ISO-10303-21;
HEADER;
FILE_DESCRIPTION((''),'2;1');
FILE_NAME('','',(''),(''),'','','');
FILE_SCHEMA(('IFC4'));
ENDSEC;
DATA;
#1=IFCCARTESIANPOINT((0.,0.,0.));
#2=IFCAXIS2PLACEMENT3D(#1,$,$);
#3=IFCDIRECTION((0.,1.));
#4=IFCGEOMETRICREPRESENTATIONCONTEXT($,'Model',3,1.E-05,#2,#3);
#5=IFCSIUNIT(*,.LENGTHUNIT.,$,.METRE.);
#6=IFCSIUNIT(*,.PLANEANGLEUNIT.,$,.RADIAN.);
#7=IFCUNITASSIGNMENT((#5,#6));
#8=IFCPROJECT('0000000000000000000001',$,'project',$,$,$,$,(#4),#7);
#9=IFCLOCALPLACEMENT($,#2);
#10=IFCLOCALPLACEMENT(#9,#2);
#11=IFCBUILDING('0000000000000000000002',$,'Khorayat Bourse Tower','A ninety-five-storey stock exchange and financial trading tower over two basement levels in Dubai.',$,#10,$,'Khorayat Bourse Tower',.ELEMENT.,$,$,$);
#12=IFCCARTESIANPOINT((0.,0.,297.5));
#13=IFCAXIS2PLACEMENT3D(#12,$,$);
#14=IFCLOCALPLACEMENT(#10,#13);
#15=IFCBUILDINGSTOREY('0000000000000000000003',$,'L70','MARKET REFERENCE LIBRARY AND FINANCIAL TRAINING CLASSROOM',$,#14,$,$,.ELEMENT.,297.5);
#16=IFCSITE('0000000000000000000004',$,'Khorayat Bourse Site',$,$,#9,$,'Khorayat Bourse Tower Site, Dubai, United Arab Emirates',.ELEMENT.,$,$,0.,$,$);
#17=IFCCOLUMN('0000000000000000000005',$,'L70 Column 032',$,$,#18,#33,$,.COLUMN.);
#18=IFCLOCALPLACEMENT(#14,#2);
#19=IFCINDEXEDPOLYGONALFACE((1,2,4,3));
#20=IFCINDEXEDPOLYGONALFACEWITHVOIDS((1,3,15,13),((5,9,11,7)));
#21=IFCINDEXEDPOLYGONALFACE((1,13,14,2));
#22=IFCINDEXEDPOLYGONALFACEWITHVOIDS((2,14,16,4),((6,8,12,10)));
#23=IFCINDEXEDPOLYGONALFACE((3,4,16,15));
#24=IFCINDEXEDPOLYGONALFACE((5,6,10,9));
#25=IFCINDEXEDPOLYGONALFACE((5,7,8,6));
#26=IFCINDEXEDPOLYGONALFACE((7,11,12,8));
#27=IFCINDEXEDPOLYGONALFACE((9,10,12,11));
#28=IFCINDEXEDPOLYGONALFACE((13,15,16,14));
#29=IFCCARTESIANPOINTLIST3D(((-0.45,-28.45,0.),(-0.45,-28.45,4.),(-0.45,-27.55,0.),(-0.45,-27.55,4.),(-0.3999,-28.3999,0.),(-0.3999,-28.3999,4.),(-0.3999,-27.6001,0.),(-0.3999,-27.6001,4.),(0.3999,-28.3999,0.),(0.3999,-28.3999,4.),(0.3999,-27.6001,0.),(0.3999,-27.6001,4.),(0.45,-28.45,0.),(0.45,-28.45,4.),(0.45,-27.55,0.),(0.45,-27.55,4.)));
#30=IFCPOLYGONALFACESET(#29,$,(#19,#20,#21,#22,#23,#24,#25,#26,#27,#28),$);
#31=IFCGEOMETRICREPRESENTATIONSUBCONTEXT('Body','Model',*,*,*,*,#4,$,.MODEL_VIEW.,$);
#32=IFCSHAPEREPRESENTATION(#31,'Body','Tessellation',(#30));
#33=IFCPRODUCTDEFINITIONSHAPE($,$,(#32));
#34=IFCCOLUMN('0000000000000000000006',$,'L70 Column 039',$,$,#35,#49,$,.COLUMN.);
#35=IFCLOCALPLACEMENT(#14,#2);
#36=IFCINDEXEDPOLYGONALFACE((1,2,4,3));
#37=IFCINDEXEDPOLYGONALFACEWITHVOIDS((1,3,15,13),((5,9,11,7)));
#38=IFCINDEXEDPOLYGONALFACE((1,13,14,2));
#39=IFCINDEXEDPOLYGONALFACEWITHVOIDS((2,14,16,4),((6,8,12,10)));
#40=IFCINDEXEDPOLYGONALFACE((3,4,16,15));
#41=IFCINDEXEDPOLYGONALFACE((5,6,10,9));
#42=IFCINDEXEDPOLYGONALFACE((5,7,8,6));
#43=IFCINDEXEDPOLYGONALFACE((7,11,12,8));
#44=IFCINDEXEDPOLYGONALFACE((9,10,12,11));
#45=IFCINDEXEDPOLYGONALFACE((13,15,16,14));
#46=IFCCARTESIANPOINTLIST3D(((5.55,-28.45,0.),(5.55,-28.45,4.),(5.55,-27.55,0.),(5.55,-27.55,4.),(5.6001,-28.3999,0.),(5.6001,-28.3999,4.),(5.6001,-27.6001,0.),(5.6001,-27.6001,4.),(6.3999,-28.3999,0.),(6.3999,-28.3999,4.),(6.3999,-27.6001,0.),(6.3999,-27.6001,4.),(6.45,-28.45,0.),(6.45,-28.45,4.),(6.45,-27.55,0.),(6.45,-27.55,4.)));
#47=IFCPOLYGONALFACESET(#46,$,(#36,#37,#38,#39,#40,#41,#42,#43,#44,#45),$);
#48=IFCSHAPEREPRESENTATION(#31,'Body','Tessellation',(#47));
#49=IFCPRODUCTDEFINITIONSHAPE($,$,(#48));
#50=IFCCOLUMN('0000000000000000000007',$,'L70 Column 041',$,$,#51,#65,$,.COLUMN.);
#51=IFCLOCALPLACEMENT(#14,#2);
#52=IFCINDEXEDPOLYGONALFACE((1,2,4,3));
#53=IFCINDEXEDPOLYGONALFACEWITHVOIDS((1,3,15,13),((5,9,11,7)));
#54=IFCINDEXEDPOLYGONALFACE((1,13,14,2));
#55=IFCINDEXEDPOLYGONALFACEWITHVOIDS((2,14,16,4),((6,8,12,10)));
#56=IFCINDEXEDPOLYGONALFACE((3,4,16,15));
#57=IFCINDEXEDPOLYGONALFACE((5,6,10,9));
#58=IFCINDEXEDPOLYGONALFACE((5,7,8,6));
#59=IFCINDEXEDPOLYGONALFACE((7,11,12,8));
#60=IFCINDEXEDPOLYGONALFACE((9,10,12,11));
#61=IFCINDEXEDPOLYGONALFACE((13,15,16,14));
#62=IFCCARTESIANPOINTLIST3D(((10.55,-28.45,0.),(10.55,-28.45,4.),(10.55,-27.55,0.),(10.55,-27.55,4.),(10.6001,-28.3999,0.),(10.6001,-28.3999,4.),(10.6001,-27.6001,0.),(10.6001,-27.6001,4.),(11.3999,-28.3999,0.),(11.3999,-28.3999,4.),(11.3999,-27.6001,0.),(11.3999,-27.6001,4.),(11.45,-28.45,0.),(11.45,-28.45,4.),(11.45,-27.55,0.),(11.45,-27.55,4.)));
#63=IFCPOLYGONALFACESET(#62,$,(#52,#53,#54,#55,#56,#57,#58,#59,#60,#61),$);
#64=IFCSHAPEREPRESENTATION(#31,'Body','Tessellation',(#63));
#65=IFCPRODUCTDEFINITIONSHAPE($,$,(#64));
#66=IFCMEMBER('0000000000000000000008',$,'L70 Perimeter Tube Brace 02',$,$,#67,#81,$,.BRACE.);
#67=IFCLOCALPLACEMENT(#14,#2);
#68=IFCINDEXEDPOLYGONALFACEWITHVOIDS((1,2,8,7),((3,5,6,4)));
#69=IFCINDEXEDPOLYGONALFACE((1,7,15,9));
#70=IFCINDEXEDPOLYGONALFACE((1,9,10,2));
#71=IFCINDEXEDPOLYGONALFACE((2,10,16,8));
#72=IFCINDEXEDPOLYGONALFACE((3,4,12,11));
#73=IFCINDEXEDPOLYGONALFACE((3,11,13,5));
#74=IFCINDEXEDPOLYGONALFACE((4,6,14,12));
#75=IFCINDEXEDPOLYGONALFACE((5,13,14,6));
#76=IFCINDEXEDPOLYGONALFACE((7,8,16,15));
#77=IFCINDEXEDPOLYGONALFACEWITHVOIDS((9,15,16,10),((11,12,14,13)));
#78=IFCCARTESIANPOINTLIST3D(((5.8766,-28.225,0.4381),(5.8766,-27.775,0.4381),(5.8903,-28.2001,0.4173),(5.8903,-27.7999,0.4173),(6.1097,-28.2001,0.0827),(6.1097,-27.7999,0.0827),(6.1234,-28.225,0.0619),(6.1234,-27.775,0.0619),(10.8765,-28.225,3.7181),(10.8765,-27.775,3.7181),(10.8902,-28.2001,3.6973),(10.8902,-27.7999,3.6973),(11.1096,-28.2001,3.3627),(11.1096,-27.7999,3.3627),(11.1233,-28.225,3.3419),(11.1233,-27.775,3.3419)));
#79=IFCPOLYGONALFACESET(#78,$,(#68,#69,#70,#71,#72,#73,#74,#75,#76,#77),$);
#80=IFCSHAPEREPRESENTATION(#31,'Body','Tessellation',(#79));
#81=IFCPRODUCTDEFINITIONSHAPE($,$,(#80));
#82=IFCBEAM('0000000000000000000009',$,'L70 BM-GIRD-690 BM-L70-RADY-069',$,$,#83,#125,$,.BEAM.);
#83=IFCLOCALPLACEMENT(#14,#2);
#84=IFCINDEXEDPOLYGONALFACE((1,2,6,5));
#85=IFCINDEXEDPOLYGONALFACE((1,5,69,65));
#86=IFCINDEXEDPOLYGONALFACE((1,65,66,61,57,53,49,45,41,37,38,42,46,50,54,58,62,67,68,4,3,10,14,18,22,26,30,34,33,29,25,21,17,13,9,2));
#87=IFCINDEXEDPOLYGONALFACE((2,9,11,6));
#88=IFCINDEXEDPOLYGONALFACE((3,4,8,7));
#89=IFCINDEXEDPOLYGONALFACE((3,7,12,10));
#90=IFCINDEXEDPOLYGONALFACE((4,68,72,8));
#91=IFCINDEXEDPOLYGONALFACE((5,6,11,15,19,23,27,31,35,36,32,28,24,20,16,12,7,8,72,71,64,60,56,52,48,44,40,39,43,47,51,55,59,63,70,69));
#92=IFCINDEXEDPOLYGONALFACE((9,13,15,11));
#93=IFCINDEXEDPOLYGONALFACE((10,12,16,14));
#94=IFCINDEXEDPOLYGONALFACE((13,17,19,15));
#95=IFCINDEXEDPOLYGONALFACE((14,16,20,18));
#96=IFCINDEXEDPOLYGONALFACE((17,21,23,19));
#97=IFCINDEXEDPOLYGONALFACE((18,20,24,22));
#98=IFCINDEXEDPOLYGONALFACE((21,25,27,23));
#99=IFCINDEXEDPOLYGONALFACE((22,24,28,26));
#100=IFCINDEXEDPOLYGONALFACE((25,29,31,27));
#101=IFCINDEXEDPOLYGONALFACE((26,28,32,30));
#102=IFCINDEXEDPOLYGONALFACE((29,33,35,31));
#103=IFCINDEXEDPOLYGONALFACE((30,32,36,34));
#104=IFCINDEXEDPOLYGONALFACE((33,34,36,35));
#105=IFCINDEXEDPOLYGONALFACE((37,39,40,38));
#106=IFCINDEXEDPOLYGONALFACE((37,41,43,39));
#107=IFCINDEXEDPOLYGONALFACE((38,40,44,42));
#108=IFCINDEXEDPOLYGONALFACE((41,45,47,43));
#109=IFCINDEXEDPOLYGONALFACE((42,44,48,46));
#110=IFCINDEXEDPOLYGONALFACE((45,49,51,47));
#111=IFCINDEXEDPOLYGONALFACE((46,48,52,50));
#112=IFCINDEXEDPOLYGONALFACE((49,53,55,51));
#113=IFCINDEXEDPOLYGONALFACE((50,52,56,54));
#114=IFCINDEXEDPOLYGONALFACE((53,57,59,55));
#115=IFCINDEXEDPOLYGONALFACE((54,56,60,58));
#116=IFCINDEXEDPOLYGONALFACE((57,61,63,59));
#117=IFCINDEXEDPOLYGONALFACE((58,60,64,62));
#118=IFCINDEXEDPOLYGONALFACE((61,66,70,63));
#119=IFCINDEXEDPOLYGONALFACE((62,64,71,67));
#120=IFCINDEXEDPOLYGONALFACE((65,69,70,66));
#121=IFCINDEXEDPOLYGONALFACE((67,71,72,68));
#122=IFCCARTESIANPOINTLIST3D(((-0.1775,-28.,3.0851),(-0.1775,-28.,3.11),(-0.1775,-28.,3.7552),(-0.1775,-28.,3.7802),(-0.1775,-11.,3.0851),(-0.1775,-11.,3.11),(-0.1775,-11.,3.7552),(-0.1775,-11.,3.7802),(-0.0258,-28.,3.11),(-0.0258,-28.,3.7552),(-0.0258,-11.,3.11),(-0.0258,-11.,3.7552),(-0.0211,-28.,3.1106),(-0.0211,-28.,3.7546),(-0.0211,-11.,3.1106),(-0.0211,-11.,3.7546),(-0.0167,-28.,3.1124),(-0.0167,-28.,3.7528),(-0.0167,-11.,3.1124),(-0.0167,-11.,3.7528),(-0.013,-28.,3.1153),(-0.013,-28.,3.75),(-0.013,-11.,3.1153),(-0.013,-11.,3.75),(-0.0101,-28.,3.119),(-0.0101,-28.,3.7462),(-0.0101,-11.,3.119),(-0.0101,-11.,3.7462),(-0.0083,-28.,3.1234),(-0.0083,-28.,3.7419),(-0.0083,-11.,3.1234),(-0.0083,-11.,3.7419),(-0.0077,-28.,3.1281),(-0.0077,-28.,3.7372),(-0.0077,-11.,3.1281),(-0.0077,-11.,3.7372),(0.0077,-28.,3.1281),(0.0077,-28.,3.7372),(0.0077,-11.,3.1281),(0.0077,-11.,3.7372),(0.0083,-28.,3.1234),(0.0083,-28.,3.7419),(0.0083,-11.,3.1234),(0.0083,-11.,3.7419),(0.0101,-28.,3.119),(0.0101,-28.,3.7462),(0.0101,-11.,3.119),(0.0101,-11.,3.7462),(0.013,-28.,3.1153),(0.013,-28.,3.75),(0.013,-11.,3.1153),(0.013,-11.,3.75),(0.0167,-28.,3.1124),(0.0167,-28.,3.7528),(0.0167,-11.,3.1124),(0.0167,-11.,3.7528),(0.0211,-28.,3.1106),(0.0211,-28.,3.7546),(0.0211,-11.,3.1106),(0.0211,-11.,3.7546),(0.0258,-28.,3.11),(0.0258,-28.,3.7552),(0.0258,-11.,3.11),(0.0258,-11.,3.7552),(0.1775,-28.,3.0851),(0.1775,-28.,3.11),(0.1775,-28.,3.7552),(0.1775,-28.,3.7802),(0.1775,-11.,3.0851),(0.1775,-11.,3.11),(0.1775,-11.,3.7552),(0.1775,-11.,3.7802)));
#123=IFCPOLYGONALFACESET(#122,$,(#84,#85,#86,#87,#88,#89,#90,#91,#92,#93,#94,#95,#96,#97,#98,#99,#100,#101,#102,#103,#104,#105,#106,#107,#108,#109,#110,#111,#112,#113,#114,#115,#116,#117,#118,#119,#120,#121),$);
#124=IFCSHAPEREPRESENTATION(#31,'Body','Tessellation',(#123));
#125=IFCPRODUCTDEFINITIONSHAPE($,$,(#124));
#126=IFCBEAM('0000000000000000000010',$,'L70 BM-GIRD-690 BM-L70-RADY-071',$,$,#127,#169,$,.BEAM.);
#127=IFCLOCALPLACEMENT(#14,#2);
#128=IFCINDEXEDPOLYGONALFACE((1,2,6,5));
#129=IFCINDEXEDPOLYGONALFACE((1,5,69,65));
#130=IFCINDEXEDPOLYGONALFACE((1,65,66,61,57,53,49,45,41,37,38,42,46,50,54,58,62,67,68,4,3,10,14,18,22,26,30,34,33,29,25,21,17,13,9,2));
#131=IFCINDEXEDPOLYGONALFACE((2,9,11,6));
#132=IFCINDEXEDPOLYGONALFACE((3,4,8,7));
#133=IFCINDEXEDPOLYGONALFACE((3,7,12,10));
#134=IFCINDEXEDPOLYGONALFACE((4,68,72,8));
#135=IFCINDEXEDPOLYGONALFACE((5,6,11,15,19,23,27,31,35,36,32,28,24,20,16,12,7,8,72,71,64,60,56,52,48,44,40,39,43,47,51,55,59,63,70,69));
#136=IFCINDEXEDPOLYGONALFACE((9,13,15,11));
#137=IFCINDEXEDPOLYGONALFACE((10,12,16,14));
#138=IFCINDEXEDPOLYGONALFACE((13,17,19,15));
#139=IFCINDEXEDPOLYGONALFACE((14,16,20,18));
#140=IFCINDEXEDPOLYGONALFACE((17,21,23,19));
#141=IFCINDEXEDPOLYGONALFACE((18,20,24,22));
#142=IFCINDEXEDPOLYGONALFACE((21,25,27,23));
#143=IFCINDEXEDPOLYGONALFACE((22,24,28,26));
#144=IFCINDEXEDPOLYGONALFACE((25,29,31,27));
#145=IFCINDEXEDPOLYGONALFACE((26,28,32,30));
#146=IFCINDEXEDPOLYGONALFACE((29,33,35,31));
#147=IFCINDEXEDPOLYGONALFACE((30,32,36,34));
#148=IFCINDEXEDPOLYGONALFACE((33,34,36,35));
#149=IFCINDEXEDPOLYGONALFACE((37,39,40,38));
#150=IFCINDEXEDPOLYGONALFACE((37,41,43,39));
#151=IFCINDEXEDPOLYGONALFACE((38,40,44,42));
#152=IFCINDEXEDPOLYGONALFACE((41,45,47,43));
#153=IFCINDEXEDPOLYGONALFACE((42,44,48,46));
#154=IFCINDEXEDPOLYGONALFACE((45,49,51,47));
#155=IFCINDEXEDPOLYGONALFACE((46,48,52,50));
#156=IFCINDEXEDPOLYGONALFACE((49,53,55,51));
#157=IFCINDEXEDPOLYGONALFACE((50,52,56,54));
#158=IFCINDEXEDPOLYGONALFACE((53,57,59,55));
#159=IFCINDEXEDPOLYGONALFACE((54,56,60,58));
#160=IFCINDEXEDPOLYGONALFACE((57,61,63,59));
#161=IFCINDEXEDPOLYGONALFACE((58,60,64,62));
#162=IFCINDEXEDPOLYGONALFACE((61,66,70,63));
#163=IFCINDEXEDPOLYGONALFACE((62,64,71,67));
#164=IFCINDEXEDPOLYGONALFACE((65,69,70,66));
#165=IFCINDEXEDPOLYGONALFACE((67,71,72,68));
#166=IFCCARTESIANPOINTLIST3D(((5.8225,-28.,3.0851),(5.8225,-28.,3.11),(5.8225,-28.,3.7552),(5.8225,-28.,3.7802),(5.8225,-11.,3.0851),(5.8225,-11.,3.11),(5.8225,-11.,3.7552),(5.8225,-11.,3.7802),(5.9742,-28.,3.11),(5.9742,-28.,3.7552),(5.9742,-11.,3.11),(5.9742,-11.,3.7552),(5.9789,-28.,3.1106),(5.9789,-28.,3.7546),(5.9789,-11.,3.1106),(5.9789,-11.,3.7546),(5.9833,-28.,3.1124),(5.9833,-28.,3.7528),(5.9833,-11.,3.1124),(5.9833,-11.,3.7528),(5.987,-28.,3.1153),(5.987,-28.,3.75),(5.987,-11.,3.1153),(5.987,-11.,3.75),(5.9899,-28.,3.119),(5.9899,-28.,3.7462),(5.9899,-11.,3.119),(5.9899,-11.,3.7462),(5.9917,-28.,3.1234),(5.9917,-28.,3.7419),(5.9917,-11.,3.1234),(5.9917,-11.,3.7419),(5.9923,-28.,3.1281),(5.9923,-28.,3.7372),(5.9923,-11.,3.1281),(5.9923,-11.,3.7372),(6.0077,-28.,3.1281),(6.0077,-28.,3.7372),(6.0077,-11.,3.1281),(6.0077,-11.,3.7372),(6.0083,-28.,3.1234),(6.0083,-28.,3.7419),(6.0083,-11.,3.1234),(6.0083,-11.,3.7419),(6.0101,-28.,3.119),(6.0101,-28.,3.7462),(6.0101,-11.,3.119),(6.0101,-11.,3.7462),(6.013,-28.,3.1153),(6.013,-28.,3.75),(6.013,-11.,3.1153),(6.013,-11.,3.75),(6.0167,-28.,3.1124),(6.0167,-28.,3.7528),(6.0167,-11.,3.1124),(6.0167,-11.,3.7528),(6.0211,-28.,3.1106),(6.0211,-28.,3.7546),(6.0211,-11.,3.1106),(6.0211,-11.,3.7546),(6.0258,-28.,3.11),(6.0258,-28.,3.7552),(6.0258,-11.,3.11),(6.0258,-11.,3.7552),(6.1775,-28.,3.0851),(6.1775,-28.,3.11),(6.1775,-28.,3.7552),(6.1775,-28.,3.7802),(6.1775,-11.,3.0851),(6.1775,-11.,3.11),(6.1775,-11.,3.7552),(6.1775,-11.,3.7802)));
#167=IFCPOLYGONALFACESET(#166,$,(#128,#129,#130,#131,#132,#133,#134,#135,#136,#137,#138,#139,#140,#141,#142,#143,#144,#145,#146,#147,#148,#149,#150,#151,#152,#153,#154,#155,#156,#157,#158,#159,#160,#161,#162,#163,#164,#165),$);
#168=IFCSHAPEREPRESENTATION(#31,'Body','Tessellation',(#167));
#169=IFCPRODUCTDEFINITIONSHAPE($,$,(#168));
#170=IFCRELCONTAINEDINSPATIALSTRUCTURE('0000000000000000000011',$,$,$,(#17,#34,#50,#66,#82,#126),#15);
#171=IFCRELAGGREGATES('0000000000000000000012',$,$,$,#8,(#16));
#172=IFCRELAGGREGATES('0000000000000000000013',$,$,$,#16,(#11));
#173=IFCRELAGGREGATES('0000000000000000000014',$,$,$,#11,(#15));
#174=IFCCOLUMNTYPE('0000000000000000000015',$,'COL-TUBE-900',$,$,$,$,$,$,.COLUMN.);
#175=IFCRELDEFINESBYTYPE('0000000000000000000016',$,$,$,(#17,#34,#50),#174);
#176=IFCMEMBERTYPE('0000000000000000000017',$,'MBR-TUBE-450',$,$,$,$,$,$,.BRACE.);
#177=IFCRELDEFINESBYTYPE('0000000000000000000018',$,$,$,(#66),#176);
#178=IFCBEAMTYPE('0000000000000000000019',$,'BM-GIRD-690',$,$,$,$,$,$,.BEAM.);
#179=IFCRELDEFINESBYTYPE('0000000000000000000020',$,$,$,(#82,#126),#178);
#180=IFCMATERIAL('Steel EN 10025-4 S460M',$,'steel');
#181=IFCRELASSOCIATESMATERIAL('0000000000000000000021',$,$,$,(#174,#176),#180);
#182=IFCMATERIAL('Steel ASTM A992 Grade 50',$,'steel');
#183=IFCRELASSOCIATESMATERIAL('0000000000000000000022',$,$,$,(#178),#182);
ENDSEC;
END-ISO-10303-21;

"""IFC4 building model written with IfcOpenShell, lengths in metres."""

from ifc_helpers import new_model, si_unit, direction, frame, origin, origin_2d, place, context, subcontext, project, spatial, hollow_rectangle, i_section, extrude, source, transform, mapped, material, material_profile, profile_set, type_object, element, save


model = new_model("IFC4")

# Units and contexts
model_context = context("Model", 3, precision=1e-05, world=origin(), true_north=direction((0.0, 1.0)))
body_context = subcontext(model_context, "Body", "Model", "MODEL_VIEW")
ifc_project = project(units=[si_unit("LENGTHUNIT", "METRE"), si_unit("PLANEANGLEUNIT", "RADIAN")], contexts=[model_context])

# Site, building, storey
site_placement = place(None, origin())
site = spatial("IfcSite", under=ifc_project, at=site_placement, Name="Khorayat Bourse Site", LongName="Khorayat Bourse Tower Site, Dubai, United Arab Emirates", CompositionType="ELEMENT", RefElevation=0.0)
building_placement = place(site_placement, origin())
building = spatial("IfcBuilding", under=site, at=building_placement, Name="Khorayat Bourse Tower", Description="A ninety-five-storey stock exchange and financial trading tower over two basement levels in Dubai.", LongName="Khorayat Bourse Tower", CompositionType="ELEMENT")
storey_placement = place(building_placement, frame((0.0, 0.0, 297.5)))
storey = spatial("IfcBuildingStorey", under=building, at=storey_placement, Name="L70", Description="MARKET REFERENCE LIBRARY AND FINANCIAL TRAINING CLASSROOM", CompositionType="ELEMENT", Elevation=297.5)

# Columns
ifc_material_1 = material(Name="Steel EN 10025-4 S460M", Category="steel")
ifc_material_profile_1 = material_profile(ifc_material_1, hollow_rectangle(XDim=0.8999, YDim=0.8999, WallThickness=0.05, at=origin_2d()), Name="BOX 900x900x50")
ifc_profile_set_1 = profile_set([ifc_material_profile_1], Name="Steel EN 10025-4 S460M")
column_type = type_object("IfcColumnType", Name="COL-TUBE-900", PredefinedType="COLUMN", material=ifc_profile_set_1)
shared_shape_1 = source(origin(), body_context, "Body", "SweptSolid", [
    extrude(hollow_rectangle(XDim=0.8999, YDim=0.8999, WallThickness=0.05, at=origin_2d()), origin(), (0.0, 0.0, 1.0), 4.0),
])
for number, where, z_axis, x_axis, name in (
    (1, (0.0, -28.0, 0.0), (0.0, 0.0, 1.0), (1.0, 0.0, 0.0), "L70 Column 032"),
    (2, (6.0, -28.0, 0.0), (0.0, 0.0, 1.0), (1.0, 0.0, 0.0), "L70 Column 039"),
    (3, (11.0, -28.0, 0.0), (0.0, 0.0, 1.0), (1.0, 0.0, 0.0), "L70 Column 041"),
):
    element("IfcColumn", number, at=place(storey_placement, frame(where, z_axis=z_axis, x_axis=x_axis)), inside=storey, type_object=column_type, Name=name, PredefinedType="COLUMN", context=body_context, shape_type="MappedRepresentation", body=[
        mapped(shared_shape_1, transform((0.0, 0.0, 0.0), scale=1.0)),
    ])

# Member
ifc_material_profile_2 = material_profile(ifc_material_1, hollow_rectangle(XDim=0.45, YDim=0.45, WallThickness=0.0249, at=origin_2d()), Name="HSS 450x450x25")
ifc_profile_set_2 = profile_set([ifc_material_profile_2], Name="Steel EN 10025-4 S460M")
member_type_1 = type_object("IfcMemberType", Name="MBR-TUBE-450", PredefinedType="BRACE", material=ifc_profile_set_2)
shared_shape_2 = source(origin(), body_context, "Body", "SweptSolid", [
    extrude(hollow_rectangle(XDim=0.45, YDim=0.45, WallThickness=0.0249, at=origin_2d()), origin(), (0.0, 0.0, 1.0), 5.9797),
])
member_1_placement = place(storey_placement, frame((6.0, -28.0, 0.25), z_axis=(0.836142, 0.0, 0.548514), x_axis=(0.0, 1.0, 0.0)))
element("IfcMember", 4, at=member_1_placement, inside=storey, type_object=member_type_1, Name="L70 Perimeter Tube Brace 02", PredefinedType="BRACE", context=body_context, shape_type="MappedRepresentation", body=[
    mapped(shared_shape_2, transform((0.0, 0.0, 0.0), scale=1.0)),
])

# Beams
ifc_material_2 = material(Name="Steel ASTM A992 Grade 50", Category="steel")
ifc_material_profile_3 = material_profile(ifc_material_2, i_section(OverallWidth=0.355, OverallDepth=0.6951, WebThickness=0.0154, FlangeThickness=0.0249, FilletRadius=0.0181, at=origin_2d()), Name="W690X217")
ifc_profile_set_3 = profile_set([ifc_material_profile_3], Name="Steel ASTM A992 Grade 50")
beam_type_1 = type_object("IfcBeamType", Name="BM-GIRD-690", PredefinedType="BEAM", material=ifc_profile_set_3)
shared_shape_3 = source(origin(), body_context, "Body", "SweptSolid", [
    extrude(i_section(OverallWidth=0.355, OverallDepth=0.6951, WebThickness=0.0154, FlangeThickness=0.0249, FilletRadius=0.0181, at=origin_2d()), origin(), (0.0, 0.0, 1.0), 17.0),
])
for number, where, z_axis, x_axis, name in (
    (5, (0.0, -28.0, 3.4326), (0.0, 1.0, 0.0), (-1.0, 0.0, 0.0), "L70 BM-GIRD-690 BM-L70-RADY-069"),
    (6, (6.0, -28.0, 3.4326), (0.0, 1.0, 0.0), (-1.0, 0.0, 0.0), "L70 BM-GIRD-690 BM-L70-RADY-071"),
):
    element("IfcBeam", number, at=place(storey_placement, frame(where, z_axis=z_axis, x_axis=x_axis)), inside=storey, type_object=beam_type_1, Name=name, PredefinedType="BEAM", context=body_context, shape_type="MappedRepresentation", body=[
        mapped(shared_shape_3, transform((0.0, 0.0, 0.0), scale=1.0)),
    ])

save(model, "model.ifc")
